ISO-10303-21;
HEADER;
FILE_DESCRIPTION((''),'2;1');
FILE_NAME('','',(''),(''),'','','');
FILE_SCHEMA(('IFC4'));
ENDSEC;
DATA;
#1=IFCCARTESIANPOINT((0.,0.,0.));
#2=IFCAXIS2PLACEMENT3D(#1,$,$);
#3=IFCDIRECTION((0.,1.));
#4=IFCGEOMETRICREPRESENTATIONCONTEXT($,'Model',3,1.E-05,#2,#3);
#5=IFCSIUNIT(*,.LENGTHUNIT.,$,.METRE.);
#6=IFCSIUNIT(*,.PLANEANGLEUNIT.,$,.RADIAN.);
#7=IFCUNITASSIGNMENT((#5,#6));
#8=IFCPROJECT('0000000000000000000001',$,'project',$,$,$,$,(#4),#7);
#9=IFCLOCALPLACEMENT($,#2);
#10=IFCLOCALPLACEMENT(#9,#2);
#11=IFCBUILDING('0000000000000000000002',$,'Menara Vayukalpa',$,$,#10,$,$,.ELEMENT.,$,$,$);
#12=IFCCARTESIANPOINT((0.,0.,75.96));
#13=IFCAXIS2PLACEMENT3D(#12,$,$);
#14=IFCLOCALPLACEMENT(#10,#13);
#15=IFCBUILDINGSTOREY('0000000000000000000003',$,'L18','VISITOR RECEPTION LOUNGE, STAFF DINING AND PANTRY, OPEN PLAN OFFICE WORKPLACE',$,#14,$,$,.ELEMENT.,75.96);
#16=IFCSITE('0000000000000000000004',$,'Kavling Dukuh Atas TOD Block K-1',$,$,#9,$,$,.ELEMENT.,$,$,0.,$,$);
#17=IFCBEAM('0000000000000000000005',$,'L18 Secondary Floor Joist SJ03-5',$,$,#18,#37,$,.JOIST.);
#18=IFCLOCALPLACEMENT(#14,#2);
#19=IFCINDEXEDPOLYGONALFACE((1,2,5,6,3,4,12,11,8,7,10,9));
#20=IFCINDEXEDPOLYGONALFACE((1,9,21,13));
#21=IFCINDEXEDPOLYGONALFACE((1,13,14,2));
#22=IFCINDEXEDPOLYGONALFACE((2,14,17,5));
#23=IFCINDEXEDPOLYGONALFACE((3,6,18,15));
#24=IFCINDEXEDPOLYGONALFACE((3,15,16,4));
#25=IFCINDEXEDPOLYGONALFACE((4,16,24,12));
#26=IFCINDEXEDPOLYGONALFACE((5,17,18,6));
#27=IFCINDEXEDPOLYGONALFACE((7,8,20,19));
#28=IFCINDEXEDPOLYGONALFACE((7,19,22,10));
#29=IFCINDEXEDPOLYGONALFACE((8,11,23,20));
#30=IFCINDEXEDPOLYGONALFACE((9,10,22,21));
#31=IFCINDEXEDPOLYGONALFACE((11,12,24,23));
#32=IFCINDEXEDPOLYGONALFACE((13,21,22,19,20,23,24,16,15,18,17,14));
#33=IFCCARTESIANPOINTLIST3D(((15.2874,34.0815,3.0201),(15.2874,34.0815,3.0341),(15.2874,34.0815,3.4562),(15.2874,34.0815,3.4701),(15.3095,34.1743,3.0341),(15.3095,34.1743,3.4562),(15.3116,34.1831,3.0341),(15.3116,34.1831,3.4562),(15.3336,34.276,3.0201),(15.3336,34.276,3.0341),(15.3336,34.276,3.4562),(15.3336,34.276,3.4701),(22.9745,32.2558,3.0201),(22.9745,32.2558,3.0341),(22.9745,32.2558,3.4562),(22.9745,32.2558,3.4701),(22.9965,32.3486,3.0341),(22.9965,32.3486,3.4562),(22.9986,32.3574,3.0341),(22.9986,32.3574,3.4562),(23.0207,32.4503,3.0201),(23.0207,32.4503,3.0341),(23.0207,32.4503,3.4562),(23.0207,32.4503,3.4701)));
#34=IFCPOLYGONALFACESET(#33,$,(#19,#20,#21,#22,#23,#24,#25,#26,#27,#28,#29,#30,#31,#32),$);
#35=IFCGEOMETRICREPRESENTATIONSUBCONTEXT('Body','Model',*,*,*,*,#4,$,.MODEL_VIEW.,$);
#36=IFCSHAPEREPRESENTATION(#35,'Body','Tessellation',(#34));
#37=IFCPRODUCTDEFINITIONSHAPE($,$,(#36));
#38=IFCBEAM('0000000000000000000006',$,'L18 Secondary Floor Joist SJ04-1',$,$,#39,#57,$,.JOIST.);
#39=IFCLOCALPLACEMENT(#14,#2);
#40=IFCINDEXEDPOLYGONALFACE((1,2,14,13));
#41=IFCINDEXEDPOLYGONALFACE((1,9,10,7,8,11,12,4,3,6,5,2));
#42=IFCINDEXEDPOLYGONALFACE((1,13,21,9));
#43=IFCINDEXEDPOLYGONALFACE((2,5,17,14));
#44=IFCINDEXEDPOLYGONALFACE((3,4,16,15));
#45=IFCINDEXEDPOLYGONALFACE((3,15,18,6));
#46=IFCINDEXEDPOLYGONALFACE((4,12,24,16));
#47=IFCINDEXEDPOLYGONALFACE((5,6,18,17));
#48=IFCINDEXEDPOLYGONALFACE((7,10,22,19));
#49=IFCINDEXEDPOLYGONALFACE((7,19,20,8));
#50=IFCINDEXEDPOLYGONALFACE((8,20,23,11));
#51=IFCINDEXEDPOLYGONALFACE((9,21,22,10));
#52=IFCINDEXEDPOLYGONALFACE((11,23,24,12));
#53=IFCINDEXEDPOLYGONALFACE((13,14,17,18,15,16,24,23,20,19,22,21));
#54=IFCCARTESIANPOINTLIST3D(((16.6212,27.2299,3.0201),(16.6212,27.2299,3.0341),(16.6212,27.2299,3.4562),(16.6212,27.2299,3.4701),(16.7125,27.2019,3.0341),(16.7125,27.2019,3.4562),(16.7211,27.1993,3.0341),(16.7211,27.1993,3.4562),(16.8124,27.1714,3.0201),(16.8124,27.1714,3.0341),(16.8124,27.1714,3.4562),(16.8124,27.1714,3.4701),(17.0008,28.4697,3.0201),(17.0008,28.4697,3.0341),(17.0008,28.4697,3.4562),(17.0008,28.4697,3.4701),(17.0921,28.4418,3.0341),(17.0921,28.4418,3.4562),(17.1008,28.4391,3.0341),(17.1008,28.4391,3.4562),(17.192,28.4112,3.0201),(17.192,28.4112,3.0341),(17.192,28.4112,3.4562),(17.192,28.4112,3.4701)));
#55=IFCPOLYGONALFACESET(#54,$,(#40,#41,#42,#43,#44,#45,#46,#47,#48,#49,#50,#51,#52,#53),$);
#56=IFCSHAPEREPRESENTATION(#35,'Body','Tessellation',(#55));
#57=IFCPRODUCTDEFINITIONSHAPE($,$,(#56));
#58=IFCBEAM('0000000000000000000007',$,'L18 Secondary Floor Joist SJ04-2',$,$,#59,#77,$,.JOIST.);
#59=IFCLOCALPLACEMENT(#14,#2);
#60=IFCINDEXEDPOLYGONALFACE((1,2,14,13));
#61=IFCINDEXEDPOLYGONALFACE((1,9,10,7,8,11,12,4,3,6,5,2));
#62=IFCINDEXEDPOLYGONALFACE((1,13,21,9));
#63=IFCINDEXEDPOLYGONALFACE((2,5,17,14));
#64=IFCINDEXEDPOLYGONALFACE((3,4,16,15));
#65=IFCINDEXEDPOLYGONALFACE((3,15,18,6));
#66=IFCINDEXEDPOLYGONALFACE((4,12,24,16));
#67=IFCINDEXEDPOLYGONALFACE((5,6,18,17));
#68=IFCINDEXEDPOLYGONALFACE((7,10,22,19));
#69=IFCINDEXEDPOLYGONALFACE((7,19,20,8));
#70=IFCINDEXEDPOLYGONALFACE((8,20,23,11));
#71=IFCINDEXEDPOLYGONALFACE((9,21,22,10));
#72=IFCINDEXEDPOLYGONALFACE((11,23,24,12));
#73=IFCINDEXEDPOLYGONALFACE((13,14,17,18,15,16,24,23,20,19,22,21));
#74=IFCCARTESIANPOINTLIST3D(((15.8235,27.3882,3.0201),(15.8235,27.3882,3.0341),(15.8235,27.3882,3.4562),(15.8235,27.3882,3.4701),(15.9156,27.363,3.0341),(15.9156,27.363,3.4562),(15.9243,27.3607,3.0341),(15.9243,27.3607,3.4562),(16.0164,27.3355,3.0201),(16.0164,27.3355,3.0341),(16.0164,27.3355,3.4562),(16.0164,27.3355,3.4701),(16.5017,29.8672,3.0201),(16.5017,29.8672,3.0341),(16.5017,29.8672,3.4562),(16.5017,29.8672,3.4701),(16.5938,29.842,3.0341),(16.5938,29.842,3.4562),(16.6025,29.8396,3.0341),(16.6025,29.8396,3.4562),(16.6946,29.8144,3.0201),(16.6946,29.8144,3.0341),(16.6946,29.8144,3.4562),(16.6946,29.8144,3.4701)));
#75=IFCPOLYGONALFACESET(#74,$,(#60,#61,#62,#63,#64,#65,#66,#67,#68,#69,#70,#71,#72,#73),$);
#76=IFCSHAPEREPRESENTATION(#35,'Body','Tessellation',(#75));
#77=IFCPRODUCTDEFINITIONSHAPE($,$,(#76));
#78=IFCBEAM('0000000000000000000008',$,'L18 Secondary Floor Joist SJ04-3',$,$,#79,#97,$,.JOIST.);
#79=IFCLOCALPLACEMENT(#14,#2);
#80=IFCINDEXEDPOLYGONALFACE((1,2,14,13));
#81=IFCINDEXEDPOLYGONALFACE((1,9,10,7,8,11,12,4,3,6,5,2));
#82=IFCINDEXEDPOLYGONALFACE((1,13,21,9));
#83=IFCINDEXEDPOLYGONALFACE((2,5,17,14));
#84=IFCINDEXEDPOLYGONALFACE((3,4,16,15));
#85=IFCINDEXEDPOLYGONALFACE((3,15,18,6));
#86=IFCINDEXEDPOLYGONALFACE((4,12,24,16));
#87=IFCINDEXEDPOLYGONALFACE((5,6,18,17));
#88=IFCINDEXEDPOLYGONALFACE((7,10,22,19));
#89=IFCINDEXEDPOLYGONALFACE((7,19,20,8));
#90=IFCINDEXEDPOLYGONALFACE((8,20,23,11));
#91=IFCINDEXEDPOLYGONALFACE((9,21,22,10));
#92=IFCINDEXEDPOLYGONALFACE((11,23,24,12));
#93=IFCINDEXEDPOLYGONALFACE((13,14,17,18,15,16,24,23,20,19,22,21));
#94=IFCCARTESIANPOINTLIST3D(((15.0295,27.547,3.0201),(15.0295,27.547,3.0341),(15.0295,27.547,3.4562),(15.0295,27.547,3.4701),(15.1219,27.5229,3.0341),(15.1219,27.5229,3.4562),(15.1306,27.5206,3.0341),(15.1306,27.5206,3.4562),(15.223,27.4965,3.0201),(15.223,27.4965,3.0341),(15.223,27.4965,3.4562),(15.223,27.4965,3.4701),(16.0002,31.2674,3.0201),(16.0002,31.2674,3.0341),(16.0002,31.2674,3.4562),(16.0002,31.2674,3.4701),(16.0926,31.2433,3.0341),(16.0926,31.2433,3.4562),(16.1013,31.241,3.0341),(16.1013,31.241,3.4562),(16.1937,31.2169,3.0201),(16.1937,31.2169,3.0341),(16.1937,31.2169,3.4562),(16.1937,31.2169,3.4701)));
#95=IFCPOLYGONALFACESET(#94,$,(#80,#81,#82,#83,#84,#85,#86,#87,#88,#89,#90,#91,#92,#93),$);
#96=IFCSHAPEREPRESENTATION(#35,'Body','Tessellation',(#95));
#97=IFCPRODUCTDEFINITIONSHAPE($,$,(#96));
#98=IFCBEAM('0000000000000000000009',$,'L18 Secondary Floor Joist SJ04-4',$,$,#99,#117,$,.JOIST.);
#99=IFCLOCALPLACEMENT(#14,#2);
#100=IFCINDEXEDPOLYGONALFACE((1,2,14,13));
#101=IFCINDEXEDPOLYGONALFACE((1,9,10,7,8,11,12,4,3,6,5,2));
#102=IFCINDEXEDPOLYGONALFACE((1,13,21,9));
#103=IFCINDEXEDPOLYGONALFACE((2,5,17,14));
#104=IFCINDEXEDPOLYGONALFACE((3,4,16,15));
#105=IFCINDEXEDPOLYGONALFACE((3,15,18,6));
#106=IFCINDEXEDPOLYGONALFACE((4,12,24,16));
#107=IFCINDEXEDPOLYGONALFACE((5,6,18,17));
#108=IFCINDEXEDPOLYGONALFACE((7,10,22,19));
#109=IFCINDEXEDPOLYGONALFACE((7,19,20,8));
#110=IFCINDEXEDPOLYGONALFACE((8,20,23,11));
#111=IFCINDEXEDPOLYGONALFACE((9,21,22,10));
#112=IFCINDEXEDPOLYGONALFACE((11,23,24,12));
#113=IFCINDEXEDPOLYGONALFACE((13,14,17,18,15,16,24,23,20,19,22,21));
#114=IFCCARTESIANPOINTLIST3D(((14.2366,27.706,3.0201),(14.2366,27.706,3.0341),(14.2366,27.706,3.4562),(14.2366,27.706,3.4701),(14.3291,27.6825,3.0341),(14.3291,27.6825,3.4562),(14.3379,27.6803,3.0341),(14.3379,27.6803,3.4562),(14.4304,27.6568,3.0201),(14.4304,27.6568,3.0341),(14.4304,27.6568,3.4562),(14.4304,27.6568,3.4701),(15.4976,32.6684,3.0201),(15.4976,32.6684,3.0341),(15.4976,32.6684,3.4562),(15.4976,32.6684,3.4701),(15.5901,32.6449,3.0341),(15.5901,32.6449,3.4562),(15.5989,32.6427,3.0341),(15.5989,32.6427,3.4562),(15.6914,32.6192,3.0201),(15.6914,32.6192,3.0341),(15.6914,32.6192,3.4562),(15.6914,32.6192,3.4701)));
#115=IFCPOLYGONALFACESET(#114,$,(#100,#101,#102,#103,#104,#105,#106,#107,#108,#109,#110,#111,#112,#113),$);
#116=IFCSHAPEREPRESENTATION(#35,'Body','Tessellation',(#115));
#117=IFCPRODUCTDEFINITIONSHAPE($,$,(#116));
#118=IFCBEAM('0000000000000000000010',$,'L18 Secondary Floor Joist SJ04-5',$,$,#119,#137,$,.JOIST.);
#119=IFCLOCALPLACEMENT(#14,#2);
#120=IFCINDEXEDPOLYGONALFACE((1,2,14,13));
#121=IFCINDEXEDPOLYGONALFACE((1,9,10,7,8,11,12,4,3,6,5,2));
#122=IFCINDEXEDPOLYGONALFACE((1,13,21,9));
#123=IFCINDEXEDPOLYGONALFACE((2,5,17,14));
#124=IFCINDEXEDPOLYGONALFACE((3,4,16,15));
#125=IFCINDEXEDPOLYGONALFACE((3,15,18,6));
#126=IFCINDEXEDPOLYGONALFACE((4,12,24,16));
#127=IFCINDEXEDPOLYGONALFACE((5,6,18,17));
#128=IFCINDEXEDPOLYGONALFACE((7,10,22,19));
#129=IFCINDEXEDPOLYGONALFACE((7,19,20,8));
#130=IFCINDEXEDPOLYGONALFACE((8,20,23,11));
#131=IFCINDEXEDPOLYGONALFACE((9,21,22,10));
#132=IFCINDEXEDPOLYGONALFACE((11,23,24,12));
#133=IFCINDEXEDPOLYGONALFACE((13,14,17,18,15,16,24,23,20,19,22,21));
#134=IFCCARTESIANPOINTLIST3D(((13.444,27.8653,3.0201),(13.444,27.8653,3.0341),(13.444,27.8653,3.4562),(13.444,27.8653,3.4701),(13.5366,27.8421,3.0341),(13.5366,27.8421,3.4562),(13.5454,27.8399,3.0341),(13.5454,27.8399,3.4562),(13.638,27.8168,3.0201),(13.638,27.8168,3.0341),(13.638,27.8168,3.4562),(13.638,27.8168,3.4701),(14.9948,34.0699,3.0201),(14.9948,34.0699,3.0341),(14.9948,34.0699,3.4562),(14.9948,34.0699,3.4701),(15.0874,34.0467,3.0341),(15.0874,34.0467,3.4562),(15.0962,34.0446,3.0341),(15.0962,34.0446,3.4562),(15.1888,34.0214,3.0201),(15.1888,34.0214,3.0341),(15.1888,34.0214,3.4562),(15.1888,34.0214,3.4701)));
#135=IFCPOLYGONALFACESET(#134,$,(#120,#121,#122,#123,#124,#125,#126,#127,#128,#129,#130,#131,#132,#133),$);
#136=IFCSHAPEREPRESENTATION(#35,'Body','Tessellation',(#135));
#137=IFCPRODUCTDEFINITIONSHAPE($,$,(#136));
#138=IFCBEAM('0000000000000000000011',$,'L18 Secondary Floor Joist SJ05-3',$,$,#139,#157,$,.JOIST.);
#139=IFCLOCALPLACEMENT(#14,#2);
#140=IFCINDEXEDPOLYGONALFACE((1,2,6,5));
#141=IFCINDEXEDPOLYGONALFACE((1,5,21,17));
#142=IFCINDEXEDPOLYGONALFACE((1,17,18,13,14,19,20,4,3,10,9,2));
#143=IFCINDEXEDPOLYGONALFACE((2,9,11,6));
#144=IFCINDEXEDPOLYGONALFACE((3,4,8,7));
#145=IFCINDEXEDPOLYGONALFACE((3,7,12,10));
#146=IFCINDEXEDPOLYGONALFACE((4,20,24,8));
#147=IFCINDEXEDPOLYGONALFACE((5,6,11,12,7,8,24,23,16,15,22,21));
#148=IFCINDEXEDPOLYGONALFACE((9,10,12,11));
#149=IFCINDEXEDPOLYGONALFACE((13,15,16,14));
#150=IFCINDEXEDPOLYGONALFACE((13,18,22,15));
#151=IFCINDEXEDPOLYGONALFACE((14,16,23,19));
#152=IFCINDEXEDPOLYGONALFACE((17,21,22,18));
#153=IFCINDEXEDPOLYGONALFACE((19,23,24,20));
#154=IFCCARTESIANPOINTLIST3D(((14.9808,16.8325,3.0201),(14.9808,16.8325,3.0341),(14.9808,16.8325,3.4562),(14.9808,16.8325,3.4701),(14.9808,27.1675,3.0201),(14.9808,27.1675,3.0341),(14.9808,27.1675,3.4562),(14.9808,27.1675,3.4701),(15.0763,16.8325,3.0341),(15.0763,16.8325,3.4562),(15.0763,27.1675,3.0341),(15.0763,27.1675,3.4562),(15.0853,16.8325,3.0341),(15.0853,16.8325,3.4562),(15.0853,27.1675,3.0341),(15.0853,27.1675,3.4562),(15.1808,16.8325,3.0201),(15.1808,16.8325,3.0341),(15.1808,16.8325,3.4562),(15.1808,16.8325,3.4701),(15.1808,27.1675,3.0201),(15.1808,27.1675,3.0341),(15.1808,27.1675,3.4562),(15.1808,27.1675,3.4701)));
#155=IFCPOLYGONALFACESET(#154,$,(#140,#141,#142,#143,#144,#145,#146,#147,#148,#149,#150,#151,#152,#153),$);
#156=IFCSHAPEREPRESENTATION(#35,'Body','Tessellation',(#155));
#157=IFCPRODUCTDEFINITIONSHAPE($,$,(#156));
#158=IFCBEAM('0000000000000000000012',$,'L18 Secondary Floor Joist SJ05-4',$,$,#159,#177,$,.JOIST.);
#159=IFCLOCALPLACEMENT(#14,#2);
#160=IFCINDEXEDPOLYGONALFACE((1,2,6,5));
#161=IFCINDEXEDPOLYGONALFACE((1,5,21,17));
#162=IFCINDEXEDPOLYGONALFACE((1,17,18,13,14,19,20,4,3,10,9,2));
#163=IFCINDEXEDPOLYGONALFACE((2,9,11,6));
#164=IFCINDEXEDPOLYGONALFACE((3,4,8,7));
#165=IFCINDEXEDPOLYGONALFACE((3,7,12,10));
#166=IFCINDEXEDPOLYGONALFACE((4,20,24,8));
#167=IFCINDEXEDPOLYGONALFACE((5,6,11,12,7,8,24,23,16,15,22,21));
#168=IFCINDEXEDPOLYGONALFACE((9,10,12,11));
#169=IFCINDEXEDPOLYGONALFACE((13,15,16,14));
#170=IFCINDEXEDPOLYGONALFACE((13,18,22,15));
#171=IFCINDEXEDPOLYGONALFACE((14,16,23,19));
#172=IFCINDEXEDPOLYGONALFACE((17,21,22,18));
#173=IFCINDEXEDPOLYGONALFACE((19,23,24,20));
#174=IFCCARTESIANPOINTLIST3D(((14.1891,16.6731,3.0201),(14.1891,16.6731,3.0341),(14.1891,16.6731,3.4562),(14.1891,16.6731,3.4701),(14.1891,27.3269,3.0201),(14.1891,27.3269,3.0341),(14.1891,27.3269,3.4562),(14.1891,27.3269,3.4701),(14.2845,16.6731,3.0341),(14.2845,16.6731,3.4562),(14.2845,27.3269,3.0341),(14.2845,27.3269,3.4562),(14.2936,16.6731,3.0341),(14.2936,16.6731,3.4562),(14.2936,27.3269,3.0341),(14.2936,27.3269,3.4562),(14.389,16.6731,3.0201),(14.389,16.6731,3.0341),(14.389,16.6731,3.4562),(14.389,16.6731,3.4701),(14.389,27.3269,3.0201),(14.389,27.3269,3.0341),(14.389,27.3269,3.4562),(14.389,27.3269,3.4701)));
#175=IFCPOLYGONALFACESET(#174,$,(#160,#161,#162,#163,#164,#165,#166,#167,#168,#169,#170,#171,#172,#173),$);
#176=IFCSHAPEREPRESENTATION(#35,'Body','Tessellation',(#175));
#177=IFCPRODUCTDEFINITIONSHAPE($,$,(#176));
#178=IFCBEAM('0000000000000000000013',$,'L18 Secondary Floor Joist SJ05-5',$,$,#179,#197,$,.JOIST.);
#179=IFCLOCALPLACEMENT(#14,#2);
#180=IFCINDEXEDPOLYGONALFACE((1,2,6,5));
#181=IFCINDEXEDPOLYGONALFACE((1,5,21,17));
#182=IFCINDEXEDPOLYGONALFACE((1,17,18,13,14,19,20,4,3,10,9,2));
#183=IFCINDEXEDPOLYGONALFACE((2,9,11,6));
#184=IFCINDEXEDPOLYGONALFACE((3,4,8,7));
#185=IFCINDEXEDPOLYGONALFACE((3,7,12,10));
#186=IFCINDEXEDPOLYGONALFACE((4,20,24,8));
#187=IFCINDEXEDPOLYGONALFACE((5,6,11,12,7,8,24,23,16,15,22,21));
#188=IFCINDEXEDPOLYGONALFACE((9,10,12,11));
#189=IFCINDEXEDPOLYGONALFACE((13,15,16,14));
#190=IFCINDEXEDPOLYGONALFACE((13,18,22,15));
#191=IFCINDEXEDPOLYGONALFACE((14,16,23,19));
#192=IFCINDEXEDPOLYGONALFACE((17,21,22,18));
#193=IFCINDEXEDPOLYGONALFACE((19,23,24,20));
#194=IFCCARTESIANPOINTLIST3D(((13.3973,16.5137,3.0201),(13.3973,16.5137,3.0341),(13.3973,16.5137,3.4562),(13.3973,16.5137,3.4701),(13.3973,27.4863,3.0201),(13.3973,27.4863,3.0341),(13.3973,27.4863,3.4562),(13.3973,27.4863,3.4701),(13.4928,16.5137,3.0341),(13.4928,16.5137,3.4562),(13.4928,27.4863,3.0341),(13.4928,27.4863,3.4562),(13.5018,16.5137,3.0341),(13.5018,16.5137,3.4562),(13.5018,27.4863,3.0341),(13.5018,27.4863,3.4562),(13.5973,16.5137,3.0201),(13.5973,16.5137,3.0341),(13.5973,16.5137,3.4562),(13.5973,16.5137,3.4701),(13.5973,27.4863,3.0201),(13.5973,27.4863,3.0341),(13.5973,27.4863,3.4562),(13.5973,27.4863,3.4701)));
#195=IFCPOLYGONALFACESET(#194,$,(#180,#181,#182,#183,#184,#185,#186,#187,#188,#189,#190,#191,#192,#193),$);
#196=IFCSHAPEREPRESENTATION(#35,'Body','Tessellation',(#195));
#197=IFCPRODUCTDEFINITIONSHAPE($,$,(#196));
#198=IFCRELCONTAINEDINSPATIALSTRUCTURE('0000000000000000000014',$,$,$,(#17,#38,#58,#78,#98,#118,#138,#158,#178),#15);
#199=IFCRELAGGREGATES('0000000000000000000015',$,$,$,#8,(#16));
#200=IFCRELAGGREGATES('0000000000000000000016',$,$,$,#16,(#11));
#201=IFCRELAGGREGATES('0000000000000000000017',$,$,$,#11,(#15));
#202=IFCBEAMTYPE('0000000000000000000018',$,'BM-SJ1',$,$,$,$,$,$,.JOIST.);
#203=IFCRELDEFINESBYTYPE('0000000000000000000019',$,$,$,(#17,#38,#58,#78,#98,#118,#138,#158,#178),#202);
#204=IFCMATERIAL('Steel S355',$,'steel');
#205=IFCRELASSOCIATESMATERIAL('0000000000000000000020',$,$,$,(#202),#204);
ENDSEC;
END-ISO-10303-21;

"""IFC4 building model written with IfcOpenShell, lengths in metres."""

from ifc_helpers import new_model, si_unit, direction, frame, origin, origin_2d, place, context, subcontext, project, spatial, i_section, extrude, material, material_profile, profile_set, type_object, element, save


model = new_model("IFC4")

# Units and contexts
model_context = context("Model", 3, precision=1e-05, world=origin(), true_north=direction((0.0, 1.0)))
body_context = subcontext(model_context, "Body", "Model", "MODEL_VIEW")
ifc_project = project(units=[si_unit("LENGTHUNIT", "METRE"), si_unit("PLANEANGLEUNIT", "RADIAN")], contexts=[model_context])

# Site, building, storey
site_placement = place(None, origin())
site = spatial("IfcSite", under=ifc_project, at=site_placement, Name="Kavling Dukuh Atas TOD Block K-1", CompositionType="ELEMENT", RefElevation=0.0)
building_placement = place(site_placement, origin())
building = spatial("IfcBuilding", under=site, at=building_placement, Name="Menara Vayukalpa", CompositionType="ELEMENT")
storey_placement = place(building_placement, frame((0.0, 0.0, 75.96)))
storey = spatial("IfcBuildingStorey", under=building, at=storey_placement, Name="L18", Description="VISITOR RECEPTION LOUNGE, STAFF DINING AND PANTRY, OPEN PLAN OFFICE WORKPLACE", CompositionType="ELEMENT", Elevation=75.96)

# Beams
ifc_material_1 = material(Name="Steel S355", Category="steel")
ifc_material_profile_1 = material_profile(ifc_material_1, i_section(OverallWidth=0.2, OverallDepth=0.45, WebThickness=0.009, FlangeThickness=0.0139, at=origin_2d()), Name="WF 450x200x9x14")
ifc_profile_set_1 = profile_set([ifc_material_profile_1], Name="Steel S355")
beam_type_1 = type_object("IfcBeamType", Name="BM-SJ1", PredefinedType="JOIST", material=ifc_profile_set_1)
beam_1_placement = place(storey_placement, frame((22.9976, 32.353, 3.2451), z_axis=(-0.972936, 0.231075, 0.0), x_axis=(-0.231075, -0.972936, 0.0)))
element("IfcBeam", 1, at=beam_1_placement, inside=storey, type_object=beam_type_1, Name="L18 Secondary Floor Joist SJ03-5", PredefinedType="JOIST", context=body_context, shape_type="SweptSolid", body=[
    extrude(i_section(OverallWidth=0.2, OverallDepth=0.45, WebThickness=0.009, FlangeThickness=0.0139, at=origin_2d()), origin(), (0.0, 0.0, 1.0), 7.9009),
])
beam_2_placement = place(storey_placement, frame((17.0964, 28.4404, 3.2451), z_axis=(-0.292802, -0.956173, 0.0), x_axis=(0.956173, -0.292802, 0.0)))
element("IfcBeam", 2, at=beam_2_placement, inside=storey, type_object=beam_type_1, Name="L18 Secondary Floor Joist SJ04-1", PredefinedType="JOIST", context=body_context, shape_type="SweptSolid", body=[
    extrude(i_section(OverallWidth=0.2, OverallDepth=0.45, WebThickness=0.009, FlangeThickness=0.0139, at=origin_2d()), origin(), (0.0, 0.0, 1.0), 1.2966),
])
beam_3_placement = place(storey_placement, frame((16.5981, 29.8408, 3.2451), z_axis=(-0.263889, -0.964553, 0.0), x_axis=(0.964553, -0.263889, 0.0)))
element("IfcBeam", 3, at=beam_3_placement, inside=storey, type_object=beam_type_1, Name="L18 Secondary Floor Joist SJ04-2", PredefinedType="JOIST", context=body_context, shape_type="SweptSolid", body=[
    extrude(i_section(OverallWidth=0.2, OverallDepth=0.45, WebThickness=0.009, FlangeThickness=0.0139, at=origin_2d()), origin(), (0.0, 0.0, 1.0), 2.5701),
])
beam_4_placement = place(storey_placement, frame((16.0969, 31.2422, 3.2451), z_axis=(-0.252458, -0.967608, 0.0), x_axis=(0.967608, -0.252458, 0.0)))
element("IfcBeam", 4, at=beam_4_placement, inside=storey, type_object=beam_type_1, Name="L18 Secondary Floor Joist SJ04-3", PredefinedType="JOIST", context=body_context, shape_type="SweptSolid", body=[
    extrude(i_section(OverallWidth=0.2, OverallDepth=0.45, WebThickness=0.009, FlangeThickness=0.0139, at=origin_2d()), origin(), (0.0, 0.0, 1.0), 3.845),
])
beam_5_placement = place(storey_placement, frame((15.5945, 32.6438, 3.2451), z_axis=(-0.246281, -0.969198, 0.0), x_axis=(0.969198, -0.246281, 0.0)))
element("IfcBeam", 5, at=beam_5_placement, inside=storey, type_object=beam_type_1, Name="L18 Secondary Floor Joist SJ04-4", PredefinedType="JOIST", context=body_context, shape_type="SweptSolid", body=[
    extrude(i_section(OverallWidth=0.2, OverallDepth=0.45, WebThickness=0.009, FlangeThickness=0.0139, at=origin_2d()), origin(), (0.0, 0.0, 1.0), 5.1201),
])
beam_6_placement = place(storey_placement, frame((15.0918, 34.0457, 3.2451), z_axis=(-0.242482, -0.970156, 0.0), x_axis=(0.970156, -0.242482, 0.0)))
element("IfcBeam", 6, at=beam_6_placement, inside=storey, type_object=beam_type_1, Name="L18 Secondary Floor Joist SJ04-5", PredefinedType="JOIST", context=body_context, shape_type="SweptSolid", body=[
    extrude(i_section(OverallWidth=0.2, OverallDepth=0.45, WebThickness=0.009, FlangeThickness=0.0139, at=origin_2d()), origin(), (0.0, 0.0, 1.0), 6.3955),
])
beam_7_placement = place(storey_placement, frame((15.0808, 27.1675, 3.2451), z_axis=(0.0, -1.0, 0.0), x_axis=(1.0, 0.0, 0.0)))
element("IfcBeam", 7, at=beam_7_placement, inside=storey, type_object=beam_type_1, Name="L18 Secondary Floor Joist SJ05-3", PredefinedType="JOIST", context=body_context, shape_type="SweptSolid", body=[
    extrude(i_section(OverallWidth=0.2, OverallDepth=0.45, WebThickness=0.009, FlangeThickness=0.0139, at=origin_2d()), origin(), (0.0, 0.0, 1.0), 10.335),
])
beam_8_placement = place(storey_placement, frame((14.2891, 27.3269, 3.2451), z_axis=(0.0, -1.0, 0.0), x_axis=(1.0, 0.0, 0.0)))
element("IfcBeam", 8, at=beam_8_placement, inside=storey, type_object=beam_type_1, Name="L18 Secondary Floor Joist SJ05-4", PredefinedType="JOIST", context=body_context, shape_type="SweptSolid", body=[
    extrude(i_section(OverallWidth=0.2, OverallDepth=0.45, WebThickness=0.009, FlangeThickness=0.0139, at=origin_2d()), origin(), (0.0, 0.0, 1.0), 10.6538),
])
beam_9_placement = place(storey_placement, frame((13.4973, 27.4863, 3.2451), z_axis=(0.0, -1.0, 0.0), x_axis=(1.0, 0.0, 0.0)))
element("IfcBeam", 9, at=beam_9_placement, inside=storey, type_object=beam_type_1, Name="L18 Secondary Floor Joist SJ05-5", PredefinedType="JOIST", context=body_context, shape_type="SweptSolid", body=[
    extrude(i_section(OverallWidth=0.2, OverallDepth=0.45, WebThickness=0.009, FlangeThickness=0.0139, at=origin_2d()), origin(), (0.0, 0.0, 1.0), 10.9727),
])

save(model, "model.ifc")
